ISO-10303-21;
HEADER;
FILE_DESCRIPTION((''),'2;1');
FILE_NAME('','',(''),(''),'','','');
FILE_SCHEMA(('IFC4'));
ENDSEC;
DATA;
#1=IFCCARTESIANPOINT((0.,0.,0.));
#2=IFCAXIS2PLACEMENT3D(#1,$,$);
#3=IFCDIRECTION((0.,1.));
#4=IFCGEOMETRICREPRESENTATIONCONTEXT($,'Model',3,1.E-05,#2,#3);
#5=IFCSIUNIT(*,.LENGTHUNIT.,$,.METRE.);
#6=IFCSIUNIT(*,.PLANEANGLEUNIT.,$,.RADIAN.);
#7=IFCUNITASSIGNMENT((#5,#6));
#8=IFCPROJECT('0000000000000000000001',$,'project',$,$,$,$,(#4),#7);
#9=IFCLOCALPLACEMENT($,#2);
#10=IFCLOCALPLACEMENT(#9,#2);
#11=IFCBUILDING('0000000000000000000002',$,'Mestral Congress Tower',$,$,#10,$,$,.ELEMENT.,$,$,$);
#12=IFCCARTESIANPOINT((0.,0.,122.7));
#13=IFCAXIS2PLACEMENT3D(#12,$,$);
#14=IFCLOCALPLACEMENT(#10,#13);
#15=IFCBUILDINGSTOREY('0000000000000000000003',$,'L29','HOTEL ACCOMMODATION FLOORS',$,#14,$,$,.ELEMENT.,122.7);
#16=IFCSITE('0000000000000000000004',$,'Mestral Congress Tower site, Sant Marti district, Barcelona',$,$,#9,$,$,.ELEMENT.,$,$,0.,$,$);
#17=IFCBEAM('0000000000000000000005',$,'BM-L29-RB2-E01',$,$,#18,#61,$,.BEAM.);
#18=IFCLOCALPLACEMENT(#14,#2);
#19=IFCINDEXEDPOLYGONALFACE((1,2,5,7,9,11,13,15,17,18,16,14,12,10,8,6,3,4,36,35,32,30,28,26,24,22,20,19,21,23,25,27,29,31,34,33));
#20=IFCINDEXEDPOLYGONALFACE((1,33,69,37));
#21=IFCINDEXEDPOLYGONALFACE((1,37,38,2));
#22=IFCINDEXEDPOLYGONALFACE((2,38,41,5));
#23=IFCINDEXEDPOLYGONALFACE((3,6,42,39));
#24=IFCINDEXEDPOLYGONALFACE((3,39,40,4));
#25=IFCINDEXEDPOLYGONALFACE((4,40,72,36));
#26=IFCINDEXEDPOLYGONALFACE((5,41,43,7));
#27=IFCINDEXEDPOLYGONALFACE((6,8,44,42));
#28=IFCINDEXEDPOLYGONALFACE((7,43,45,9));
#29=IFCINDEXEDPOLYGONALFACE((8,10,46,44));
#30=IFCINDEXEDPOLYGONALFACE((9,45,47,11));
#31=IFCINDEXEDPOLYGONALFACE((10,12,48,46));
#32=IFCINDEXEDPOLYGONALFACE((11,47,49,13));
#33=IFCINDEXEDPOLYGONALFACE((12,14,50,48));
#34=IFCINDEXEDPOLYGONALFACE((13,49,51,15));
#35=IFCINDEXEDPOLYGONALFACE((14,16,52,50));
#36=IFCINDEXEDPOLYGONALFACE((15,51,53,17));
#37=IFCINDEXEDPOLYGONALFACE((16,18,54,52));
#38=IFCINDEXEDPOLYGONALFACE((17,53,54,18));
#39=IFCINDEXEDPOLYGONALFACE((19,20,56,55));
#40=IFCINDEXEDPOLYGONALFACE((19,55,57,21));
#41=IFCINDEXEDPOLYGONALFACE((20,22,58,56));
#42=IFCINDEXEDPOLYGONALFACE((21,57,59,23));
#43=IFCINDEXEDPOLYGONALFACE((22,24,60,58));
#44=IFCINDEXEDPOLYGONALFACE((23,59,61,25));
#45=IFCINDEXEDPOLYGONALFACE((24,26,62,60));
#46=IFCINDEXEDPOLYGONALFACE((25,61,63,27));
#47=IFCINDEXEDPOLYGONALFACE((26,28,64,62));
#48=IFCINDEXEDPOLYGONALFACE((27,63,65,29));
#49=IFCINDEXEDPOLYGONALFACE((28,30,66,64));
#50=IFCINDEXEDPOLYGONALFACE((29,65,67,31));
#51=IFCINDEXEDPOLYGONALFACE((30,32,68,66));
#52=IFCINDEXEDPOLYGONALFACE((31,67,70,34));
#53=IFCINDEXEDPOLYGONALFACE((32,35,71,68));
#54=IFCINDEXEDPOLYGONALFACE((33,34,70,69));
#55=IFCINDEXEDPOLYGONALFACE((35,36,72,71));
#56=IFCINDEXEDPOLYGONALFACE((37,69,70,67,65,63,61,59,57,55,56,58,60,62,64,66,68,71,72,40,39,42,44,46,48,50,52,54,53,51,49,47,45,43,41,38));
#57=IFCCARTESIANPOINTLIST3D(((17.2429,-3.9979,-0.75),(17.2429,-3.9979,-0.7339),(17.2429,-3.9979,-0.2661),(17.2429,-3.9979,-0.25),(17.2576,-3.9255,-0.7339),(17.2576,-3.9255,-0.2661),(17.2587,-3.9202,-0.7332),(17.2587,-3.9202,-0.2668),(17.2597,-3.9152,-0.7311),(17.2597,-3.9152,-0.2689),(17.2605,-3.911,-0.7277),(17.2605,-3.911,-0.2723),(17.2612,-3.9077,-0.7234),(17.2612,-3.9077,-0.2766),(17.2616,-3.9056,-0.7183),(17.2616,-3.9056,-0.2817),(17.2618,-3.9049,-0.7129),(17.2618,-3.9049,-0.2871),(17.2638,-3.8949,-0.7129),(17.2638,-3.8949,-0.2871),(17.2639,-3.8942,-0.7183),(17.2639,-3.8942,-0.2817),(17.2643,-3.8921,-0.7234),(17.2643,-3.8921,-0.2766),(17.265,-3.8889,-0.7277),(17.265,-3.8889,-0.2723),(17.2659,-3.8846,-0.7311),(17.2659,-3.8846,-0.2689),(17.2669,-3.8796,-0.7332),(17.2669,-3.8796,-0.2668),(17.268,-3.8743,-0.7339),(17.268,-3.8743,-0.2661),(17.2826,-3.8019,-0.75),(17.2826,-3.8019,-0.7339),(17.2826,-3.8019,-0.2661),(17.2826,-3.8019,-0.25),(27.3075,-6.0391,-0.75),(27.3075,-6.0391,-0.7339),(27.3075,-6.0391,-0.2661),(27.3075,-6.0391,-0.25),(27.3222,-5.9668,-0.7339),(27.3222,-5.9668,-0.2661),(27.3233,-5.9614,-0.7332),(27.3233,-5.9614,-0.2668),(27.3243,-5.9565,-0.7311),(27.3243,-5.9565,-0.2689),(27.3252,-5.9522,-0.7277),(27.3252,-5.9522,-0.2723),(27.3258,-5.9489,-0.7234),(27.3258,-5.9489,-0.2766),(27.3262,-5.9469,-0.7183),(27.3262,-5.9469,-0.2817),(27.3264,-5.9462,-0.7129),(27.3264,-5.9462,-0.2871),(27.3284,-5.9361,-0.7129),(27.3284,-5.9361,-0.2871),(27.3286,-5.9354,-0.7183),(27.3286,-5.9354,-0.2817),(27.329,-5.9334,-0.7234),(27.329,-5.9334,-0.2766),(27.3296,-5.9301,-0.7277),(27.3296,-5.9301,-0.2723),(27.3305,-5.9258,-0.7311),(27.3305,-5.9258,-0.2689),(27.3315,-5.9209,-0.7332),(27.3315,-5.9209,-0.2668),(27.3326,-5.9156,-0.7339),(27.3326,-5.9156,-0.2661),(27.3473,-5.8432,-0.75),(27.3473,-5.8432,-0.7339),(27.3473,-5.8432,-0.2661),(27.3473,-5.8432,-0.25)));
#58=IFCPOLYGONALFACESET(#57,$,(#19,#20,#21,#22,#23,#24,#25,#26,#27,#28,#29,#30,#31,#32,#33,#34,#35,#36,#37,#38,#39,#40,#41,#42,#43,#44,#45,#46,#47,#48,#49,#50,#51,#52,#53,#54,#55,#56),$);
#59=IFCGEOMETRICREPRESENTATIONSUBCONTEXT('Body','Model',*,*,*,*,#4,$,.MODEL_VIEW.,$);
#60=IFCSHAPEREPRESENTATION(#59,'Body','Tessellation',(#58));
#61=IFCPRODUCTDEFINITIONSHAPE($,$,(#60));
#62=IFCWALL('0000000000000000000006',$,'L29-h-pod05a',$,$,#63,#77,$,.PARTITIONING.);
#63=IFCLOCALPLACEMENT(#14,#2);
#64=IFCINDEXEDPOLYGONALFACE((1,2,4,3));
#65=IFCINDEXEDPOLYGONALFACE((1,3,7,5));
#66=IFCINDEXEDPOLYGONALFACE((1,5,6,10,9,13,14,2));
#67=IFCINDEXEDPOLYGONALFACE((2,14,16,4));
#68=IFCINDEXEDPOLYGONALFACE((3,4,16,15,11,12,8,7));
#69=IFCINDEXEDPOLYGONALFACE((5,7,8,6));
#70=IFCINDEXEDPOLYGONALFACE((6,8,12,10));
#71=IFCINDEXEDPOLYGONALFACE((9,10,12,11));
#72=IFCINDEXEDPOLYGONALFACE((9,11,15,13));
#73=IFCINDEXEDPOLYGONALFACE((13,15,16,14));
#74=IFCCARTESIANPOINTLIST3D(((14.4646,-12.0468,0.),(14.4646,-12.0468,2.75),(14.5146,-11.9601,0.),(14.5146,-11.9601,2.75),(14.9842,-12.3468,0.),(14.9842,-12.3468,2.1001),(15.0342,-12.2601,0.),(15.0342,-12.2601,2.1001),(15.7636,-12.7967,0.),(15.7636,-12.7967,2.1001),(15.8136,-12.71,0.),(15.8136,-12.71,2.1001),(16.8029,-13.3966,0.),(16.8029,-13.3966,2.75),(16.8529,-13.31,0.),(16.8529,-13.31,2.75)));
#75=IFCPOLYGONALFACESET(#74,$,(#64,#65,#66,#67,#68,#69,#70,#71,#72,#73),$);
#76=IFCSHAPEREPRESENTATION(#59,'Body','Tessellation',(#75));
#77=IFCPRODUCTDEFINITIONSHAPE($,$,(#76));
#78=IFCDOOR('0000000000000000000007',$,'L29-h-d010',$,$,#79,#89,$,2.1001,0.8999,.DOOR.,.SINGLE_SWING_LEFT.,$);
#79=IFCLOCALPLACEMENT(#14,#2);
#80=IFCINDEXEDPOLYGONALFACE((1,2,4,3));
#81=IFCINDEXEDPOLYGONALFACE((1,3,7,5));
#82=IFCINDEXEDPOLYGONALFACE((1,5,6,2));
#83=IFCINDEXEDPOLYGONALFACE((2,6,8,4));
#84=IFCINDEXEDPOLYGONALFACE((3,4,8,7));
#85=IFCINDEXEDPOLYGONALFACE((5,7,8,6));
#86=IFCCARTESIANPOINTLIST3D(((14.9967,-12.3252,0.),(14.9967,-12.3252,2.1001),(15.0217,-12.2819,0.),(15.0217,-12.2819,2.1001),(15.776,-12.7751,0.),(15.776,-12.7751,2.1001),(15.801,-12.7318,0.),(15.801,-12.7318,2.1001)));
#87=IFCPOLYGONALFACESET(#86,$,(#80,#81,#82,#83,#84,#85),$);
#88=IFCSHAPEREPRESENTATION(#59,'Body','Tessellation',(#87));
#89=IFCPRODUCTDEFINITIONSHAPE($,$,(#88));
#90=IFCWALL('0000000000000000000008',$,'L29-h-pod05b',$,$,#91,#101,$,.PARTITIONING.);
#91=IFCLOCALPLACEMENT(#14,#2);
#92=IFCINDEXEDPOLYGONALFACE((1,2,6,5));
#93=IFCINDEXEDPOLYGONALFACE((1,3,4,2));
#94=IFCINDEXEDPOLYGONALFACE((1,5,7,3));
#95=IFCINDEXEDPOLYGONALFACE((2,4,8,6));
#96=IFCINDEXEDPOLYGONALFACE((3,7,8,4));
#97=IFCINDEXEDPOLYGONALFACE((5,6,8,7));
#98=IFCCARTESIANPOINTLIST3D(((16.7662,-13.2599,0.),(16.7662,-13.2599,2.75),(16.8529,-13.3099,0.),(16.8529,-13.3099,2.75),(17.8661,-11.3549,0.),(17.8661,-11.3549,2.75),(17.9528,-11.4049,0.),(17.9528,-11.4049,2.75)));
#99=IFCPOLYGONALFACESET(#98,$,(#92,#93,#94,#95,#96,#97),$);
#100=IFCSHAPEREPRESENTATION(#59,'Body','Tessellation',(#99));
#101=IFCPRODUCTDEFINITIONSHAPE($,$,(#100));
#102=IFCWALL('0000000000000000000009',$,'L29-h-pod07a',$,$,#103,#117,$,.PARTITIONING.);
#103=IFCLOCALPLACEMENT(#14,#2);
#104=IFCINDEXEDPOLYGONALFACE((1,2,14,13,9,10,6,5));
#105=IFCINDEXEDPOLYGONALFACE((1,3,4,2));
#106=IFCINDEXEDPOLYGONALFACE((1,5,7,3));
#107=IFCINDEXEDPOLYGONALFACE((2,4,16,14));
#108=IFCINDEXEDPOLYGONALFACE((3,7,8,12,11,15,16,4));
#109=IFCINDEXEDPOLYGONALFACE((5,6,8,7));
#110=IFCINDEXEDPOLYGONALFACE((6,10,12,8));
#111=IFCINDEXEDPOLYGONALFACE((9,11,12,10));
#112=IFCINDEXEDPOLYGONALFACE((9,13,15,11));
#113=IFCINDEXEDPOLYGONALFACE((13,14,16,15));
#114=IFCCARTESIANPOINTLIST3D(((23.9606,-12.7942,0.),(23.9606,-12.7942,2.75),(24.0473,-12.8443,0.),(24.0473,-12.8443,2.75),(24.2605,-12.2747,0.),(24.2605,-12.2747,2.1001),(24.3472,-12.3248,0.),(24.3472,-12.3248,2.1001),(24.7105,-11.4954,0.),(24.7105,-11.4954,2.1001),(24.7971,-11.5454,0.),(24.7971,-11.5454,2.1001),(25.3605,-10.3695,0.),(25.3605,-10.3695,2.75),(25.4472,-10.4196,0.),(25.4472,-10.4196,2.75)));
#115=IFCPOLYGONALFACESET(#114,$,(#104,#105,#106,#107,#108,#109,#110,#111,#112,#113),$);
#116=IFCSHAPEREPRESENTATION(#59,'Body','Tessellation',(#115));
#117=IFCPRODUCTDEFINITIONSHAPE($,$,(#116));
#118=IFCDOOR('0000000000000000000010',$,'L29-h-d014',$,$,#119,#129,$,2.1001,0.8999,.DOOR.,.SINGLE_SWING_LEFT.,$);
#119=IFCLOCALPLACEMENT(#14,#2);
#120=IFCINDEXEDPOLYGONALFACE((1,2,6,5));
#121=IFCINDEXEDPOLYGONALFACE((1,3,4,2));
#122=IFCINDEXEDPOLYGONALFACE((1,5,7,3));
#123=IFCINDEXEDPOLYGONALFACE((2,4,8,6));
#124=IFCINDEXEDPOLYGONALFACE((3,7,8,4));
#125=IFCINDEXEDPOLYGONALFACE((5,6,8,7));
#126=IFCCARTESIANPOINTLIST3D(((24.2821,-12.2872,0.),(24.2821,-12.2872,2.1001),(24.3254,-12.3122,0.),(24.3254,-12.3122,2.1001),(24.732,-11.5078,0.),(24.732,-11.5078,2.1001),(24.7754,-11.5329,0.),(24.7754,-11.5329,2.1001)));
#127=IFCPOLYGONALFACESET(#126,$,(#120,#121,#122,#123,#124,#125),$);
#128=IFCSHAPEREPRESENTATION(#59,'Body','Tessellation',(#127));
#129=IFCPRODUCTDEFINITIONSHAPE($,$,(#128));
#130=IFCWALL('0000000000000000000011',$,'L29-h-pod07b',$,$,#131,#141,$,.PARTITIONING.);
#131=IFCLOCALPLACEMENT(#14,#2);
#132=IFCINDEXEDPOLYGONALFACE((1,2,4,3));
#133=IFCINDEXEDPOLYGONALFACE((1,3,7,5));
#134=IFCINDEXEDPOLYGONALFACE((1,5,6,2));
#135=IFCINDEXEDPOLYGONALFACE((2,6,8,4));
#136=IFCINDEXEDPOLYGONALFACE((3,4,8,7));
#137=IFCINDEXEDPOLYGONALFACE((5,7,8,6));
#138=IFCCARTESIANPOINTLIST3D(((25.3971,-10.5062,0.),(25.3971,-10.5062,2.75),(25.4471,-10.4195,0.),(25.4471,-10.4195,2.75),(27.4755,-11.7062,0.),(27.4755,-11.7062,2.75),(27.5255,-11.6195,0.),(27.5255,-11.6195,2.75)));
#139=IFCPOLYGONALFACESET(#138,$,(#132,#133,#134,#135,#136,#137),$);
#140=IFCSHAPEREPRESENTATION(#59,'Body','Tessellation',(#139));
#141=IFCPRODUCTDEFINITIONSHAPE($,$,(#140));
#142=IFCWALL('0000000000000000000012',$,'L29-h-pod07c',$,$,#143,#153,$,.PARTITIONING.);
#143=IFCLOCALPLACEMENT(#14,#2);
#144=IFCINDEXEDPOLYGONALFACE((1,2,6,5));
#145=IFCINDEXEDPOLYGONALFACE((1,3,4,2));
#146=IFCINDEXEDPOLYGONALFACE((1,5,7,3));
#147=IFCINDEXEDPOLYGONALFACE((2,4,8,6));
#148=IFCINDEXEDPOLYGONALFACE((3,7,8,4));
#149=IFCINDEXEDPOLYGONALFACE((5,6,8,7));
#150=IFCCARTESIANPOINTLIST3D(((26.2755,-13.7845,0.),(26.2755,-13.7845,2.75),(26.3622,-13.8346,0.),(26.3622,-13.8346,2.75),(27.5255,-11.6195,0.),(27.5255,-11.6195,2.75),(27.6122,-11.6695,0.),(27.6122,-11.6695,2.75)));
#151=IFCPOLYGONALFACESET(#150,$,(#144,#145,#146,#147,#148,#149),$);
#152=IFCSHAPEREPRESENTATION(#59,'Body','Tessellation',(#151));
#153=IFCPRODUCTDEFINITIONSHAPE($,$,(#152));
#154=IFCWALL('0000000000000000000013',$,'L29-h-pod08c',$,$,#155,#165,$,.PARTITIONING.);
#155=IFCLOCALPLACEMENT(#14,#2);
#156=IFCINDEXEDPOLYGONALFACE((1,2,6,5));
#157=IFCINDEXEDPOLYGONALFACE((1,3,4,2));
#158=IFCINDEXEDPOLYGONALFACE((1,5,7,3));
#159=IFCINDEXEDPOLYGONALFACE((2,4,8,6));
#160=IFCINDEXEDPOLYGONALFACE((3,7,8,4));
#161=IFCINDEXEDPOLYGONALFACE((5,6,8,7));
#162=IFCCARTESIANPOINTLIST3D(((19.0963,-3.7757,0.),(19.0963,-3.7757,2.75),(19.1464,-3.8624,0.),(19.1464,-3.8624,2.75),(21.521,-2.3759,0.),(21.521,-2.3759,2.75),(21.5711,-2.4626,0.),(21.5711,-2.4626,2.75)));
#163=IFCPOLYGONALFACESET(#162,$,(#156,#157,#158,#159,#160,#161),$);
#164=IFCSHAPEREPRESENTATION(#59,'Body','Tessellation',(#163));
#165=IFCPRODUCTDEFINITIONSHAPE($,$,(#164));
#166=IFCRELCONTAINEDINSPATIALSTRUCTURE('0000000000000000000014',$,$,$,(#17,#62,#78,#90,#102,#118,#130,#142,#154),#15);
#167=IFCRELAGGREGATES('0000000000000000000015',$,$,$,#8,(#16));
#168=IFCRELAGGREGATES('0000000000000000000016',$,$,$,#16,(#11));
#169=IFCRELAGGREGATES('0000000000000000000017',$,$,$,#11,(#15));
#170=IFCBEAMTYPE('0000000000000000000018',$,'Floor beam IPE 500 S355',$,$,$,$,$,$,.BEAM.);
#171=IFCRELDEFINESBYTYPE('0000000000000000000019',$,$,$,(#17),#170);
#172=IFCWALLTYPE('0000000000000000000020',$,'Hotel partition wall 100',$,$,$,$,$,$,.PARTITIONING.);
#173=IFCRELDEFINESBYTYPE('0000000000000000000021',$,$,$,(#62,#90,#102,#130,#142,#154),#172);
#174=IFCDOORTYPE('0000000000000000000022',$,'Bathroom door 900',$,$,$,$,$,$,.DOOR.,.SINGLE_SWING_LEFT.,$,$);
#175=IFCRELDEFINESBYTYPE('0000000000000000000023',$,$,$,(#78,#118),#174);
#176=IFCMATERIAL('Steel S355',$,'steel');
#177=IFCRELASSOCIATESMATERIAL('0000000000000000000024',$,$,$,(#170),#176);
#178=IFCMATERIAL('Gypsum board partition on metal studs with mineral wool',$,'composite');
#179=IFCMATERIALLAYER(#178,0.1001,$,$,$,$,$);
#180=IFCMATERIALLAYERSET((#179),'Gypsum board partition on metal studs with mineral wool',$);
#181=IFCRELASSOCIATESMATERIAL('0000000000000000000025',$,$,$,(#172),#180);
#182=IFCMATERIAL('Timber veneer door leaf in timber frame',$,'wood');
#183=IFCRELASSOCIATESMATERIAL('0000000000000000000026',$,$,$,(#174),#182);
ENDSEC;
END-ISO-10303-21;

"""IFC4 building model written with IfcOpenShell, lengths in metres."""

from ifc_helpers import new_model, si_unit, direction, frame, frame_2d, origin, origin_2d, place, context, subcontext, project, spatial, rectangle, i_section, extrude, material, layer, layer_set, material_profile, profile_set, type_object, element, fill, save


model = new_model("IFC4")

# Units and contexts
model_context = context("Model", 3, precision=1e-05, world=origin(), true_north=direction((0.0, 1.0)))
body_context = subcontext(model_context, "Body", "Model", "MODEL_VIEW")
ifc_project = project(units=[si_unit("LENGTHUNIT", "METRE"), si_unit("PLANEANGLEUNIT", "RADIAN")], contexts=[model_context])

# Site, building, storey
site_placement = place(None, origin())
site = spatial("IfcSite", under=ifc_project, at=site_placement, Name="Mestral Congress Tower site, Sant Marti district, Barcelona", CompositionType="ELEMENT", RefElevation=0.0)
building_placement = place(site_placement, origin())
building = spatial("IfcBuilding", under=site, at=building_placement, Name="Mestral Congress Tower", CompositionType="ELEMENT")
storey_placement = place(building_placement, frame((0.0, 0.0, 122.7)))
storey = spatial("IfcBuildingStorey", under=building, at=storey_placement, Name="L29", Description="HOTEL ACCOMMODATION FLOORS", CompositionType="ELEMENT", Elevation=122.7)

# Beam
ifc_material_1 = material(Name="Steel S355", Category="steel")
ifc_material_profile = material_profile(ifc_material_1, i_section(OverallWidth=0.2, OverallDepth=0.5, WebThickness=0.0103, FlangeThickness=0.0161, FilletRadius=0.021, at=origin_2d()), Name="IPE 500")
ifc_profile_set = profile_set([ifc_material_profile], Name="Steel S355")
beam_type = type_object("IfcBeamType", Name="Floor beam IPE 500 S355", PredefinedType="BEAM", material=ifc_profile_set)
beam_placement = place(storey_placement, frame((27.3274, -5.9412, -0.5), z_axis=(-0.980047, 0.198767, 0.0), x_axis=(-0.198767, -0.980047, 0.0)))
element("IfcBeam", 1, at=beam_placement, inside=storey, type_object=beam_type, Name="BM-L29-RB2-E01", PredefinedType="BEAM", context=body_context, shape_type="SweptSolid", body=[
    extrude(i_section(OverallWidth=0.2, OverallDepth=0.5, WebThickness=0.0103, FlangeThickness=0.0161, FilletRadius=0.021, at=origin_2d()), origin(), (0.0, 0.0, 1.0), 10.2695),
])

# Wall, opening, door
ifc_material_2 = material(Name="Gypsum board partition on metal studs with mineral wool", Category="composite")
ifc_layer_1 = layer(ifc_material_2, 0.1001)
ifc_layer_set_1 = layer_set([ifc_layer_1], Name="Gypsum board partition on metal studs with mineral wool")
wall_type_1 = type_object("IfcWallType", Name="Hotel partition wall 100", PredefinedType="PARTITIONING", material=ifc_layer_set_1)
wall_1_placement = place(storey_placement, frame((14.4895, -12.0034, 0.0), z_axis=(0.0, 0.0, 1.0), x_axis=(0.866059, -0.499942, 0.0)))
wall_1 = element("IfcWall", 2, at=wall_1_placement, inside=storey, type_object=wall_type_1, Name="L29-h-pod05a", PredefinedType="PARTITIONING", context=body_context, shape_type="SweptSolid", body=[
    extrude(rectangle(XDim=2.7, YDim=0.1001, at=frame_2d((1.3501, 0.0))), origin(), (0.0, 0.0, 1.0), 2.75),
])
opening_1_placement = place(wall_1_placement, frame((0.6001, 0.0, 0.0)))
opening_1 = element("IfcOpeningElement", 3, at=opening_1_placement, cuts=wall_1, PredefinedType="OPENING", context=body_context, shape_type="SweptSolid", body=[
    extrude(rectangle(XDim=0.8999, YDim=2.1001, at=frame_2d((0.45, 1.05))), frame((0.0, 0.0601, 0.0), z_axis=(0.0, -1.0, 0.0), x_axis=(1.0, 0.0, 0.0)), (0.0, 0.0, 1.0), 0.1201),
])
ifc_material_3 = material(Name="Timber veneer door leaf in timber frame", Category="wood")
door_type_1 = type_object("IfcDoorType", Name="Bathroom door 900", OperationType="SINGLE_SWING_LEFT", PredefinedType="DOOR", material=ifc_material_3)
door_1_placement = place(opening_1_placement, origin())
door_1 = element("IfcDoor", 4, at=door_1_placement, inside=storey, type_object=door_type_1, Name="L29-h-d010", OperationType="SINGLE_SWING_LEFT", OverallHeight=2.1001, OverallWidth=0.8999, PredefinedType="DOOR", context=body_context, shape_type="SweptSolid", body=[
    extrude(rectangle(XDim=0.8999, YDim=2.1001, at=frame_2d((0.45, 1.05))), frame((0.0, 0.0249, 0.0), z_axis=(0.0, -1.0, 0.0), x_axis=(1.0, 0.0, 0.0)), (0.0, 0.0, 1.0), 0.05),
])
fill(opening_1, door_1)

# Wall
wall_2_placement = place(storey_placement, frame((16.8096, -13.2849, 0.0), z_axis=(0.0, 0.0, 1.0), x_axis=(0.499995, 0.866028, 0.0)))
element("IfcWall", 5, at=wall_2_placement, inside=storey, type_object=wall_type_1, Name="L29-h-pod05b", PredefinedType="PARTITIONING", context=body_context, shape_type="SweptSolid", body=[
    extrude(rectangle(XDim=2.1997, YDim=0.1001, at=frame_2d((1.0999, 0.0))), origin(), (0.0, 0.0, 1.0), 2.75),
])

# Wall, opening, door
wall_3_placement = place(storey_placement, frame((25.4038, -10.3945, 0.0), z_axis=(0.0, 0.0, 1.0), x_axis=(-0.499984, -0.866035, 0.0)))
wall_3 = element("IfcWall", 6, at=wall_3_placement, inside=storey, type_object=wall_type_1, Name="L29-h-pod07a", PredefinedType="PARTITIONING", context=body_context, shape_type="SweptSolid", body=[
    extrude(rectangle(XDim=2.7998, YDim=0.1001, at=frame_2d((1.3999, 0.0))), origin(), (0.0, 0.0, 1.0), 2.75),
])
opening_2_placement = place(wall_3_placement, frame((1.3, 0.0, 0.0)))
opening_2 = element("IfcOpeningElement", 7, at=opening_2_placement, cuts=wall_3, PredefinedType="OPENING", context=body_context, shape_type="SweptSolid", body=[
    extrude(rectangle(XDim=0.8999, YDim=2.1001, at=frame_2d((0.45, 1.05))), frame((0.0, 0.0601, 0.0), z_axis=(0.0, -1.0, 0.0), x_axis=(1.0, 0.0, 0.0)), (0.0, 0.0, 1.0), 0.1201),
])
door_2_placement = place(opening_2_placement, origin())
door_2 = element("IfcDoor", 8, at=door_2_placement, inside=storey, type_object=door_type_1, Name="L29-h-d014", OperationType="SINGLE_SWING_LEFT", OverallHeight=2.1001, OverallWidth=0.8999, PredefinedType="DOOR", context=body_context, shape_type="SweptSolid", body=[
    extrude(rectangle(XDim=0.8999, YDim=2.1001, at=frame_2d((0.45, 1.05))), frame((0.0, 0.0249, 0.0), z_axis=(0.0, -1.0, 0.0), x_axis=(1.0, 0.0, 0.0)), (0.0, 0.0, 1.0), 0.05),
])
fill(opening_2, door_2)

# Walls
wall_4_placement = place(storey_placement, frame((25.4221, -10.4629, 0.0), z_axis=(0.0, 0.0, 1.0), x_axis=(0.866025, -0.500001, 0.0)))
element("IfcWall", 9, at=wall_4_placement, inside=storey, type_object=wall_type_1, Name="L29-h-pod07b", PredefinedType="PARTITIONING", context=body_context, shape_type="SweptSolid", body=[
    extrude(rectangle(XDim=2.3999, YDim=0.1001, at=frame_2d((1.2, 0.0))), origin(), (0.0, 0.0, 1.0), 2.75),
])
wall_5_placement = place(storey_placement, frame((26.3188, -13.8096, 0.0), z_axis=(0.0, 0.0, 1.0), x_axis=(0.500004, 0.866023, 0.0)))
element("IfcWall", 10, at=wall_5_placement, inside=storey, type_object=wall_type_1, Name="L29-h-pod07c", PredefinedType="PARTITIONING", context=body_context, shape_type="SweptSolid", body=[
    extrude(rectangle(XDim=2.5, YDim=0.1001, at=frame_2d((1.25, 0.0))), origin(), (0.0, 0.0, 1.0), 2.75),
])
wall_6_placement = place(storey_placement, frame((19.1213, -3.8191, 0.0), z_axis=(0.0, 0.0, 1.0), x_axis=(0.866035, 0.499984, 0.0)))
element("IfcWall", 11, at=wall_6_placement, inside=storey, type_object=wall_type_1, Name="L29-h-pod08c", PredefinedType="PARTITIONING", context=body_context, shape_type="SweptSolid", body=[
    extrude(rectangle(XDim=2.7998, YDim=0.1001, at=frame_2d((1.3999, 0.0))), origin(), (0.0, 0.0, 1.0), 2.75),
])

save(model, "model.ifc")
